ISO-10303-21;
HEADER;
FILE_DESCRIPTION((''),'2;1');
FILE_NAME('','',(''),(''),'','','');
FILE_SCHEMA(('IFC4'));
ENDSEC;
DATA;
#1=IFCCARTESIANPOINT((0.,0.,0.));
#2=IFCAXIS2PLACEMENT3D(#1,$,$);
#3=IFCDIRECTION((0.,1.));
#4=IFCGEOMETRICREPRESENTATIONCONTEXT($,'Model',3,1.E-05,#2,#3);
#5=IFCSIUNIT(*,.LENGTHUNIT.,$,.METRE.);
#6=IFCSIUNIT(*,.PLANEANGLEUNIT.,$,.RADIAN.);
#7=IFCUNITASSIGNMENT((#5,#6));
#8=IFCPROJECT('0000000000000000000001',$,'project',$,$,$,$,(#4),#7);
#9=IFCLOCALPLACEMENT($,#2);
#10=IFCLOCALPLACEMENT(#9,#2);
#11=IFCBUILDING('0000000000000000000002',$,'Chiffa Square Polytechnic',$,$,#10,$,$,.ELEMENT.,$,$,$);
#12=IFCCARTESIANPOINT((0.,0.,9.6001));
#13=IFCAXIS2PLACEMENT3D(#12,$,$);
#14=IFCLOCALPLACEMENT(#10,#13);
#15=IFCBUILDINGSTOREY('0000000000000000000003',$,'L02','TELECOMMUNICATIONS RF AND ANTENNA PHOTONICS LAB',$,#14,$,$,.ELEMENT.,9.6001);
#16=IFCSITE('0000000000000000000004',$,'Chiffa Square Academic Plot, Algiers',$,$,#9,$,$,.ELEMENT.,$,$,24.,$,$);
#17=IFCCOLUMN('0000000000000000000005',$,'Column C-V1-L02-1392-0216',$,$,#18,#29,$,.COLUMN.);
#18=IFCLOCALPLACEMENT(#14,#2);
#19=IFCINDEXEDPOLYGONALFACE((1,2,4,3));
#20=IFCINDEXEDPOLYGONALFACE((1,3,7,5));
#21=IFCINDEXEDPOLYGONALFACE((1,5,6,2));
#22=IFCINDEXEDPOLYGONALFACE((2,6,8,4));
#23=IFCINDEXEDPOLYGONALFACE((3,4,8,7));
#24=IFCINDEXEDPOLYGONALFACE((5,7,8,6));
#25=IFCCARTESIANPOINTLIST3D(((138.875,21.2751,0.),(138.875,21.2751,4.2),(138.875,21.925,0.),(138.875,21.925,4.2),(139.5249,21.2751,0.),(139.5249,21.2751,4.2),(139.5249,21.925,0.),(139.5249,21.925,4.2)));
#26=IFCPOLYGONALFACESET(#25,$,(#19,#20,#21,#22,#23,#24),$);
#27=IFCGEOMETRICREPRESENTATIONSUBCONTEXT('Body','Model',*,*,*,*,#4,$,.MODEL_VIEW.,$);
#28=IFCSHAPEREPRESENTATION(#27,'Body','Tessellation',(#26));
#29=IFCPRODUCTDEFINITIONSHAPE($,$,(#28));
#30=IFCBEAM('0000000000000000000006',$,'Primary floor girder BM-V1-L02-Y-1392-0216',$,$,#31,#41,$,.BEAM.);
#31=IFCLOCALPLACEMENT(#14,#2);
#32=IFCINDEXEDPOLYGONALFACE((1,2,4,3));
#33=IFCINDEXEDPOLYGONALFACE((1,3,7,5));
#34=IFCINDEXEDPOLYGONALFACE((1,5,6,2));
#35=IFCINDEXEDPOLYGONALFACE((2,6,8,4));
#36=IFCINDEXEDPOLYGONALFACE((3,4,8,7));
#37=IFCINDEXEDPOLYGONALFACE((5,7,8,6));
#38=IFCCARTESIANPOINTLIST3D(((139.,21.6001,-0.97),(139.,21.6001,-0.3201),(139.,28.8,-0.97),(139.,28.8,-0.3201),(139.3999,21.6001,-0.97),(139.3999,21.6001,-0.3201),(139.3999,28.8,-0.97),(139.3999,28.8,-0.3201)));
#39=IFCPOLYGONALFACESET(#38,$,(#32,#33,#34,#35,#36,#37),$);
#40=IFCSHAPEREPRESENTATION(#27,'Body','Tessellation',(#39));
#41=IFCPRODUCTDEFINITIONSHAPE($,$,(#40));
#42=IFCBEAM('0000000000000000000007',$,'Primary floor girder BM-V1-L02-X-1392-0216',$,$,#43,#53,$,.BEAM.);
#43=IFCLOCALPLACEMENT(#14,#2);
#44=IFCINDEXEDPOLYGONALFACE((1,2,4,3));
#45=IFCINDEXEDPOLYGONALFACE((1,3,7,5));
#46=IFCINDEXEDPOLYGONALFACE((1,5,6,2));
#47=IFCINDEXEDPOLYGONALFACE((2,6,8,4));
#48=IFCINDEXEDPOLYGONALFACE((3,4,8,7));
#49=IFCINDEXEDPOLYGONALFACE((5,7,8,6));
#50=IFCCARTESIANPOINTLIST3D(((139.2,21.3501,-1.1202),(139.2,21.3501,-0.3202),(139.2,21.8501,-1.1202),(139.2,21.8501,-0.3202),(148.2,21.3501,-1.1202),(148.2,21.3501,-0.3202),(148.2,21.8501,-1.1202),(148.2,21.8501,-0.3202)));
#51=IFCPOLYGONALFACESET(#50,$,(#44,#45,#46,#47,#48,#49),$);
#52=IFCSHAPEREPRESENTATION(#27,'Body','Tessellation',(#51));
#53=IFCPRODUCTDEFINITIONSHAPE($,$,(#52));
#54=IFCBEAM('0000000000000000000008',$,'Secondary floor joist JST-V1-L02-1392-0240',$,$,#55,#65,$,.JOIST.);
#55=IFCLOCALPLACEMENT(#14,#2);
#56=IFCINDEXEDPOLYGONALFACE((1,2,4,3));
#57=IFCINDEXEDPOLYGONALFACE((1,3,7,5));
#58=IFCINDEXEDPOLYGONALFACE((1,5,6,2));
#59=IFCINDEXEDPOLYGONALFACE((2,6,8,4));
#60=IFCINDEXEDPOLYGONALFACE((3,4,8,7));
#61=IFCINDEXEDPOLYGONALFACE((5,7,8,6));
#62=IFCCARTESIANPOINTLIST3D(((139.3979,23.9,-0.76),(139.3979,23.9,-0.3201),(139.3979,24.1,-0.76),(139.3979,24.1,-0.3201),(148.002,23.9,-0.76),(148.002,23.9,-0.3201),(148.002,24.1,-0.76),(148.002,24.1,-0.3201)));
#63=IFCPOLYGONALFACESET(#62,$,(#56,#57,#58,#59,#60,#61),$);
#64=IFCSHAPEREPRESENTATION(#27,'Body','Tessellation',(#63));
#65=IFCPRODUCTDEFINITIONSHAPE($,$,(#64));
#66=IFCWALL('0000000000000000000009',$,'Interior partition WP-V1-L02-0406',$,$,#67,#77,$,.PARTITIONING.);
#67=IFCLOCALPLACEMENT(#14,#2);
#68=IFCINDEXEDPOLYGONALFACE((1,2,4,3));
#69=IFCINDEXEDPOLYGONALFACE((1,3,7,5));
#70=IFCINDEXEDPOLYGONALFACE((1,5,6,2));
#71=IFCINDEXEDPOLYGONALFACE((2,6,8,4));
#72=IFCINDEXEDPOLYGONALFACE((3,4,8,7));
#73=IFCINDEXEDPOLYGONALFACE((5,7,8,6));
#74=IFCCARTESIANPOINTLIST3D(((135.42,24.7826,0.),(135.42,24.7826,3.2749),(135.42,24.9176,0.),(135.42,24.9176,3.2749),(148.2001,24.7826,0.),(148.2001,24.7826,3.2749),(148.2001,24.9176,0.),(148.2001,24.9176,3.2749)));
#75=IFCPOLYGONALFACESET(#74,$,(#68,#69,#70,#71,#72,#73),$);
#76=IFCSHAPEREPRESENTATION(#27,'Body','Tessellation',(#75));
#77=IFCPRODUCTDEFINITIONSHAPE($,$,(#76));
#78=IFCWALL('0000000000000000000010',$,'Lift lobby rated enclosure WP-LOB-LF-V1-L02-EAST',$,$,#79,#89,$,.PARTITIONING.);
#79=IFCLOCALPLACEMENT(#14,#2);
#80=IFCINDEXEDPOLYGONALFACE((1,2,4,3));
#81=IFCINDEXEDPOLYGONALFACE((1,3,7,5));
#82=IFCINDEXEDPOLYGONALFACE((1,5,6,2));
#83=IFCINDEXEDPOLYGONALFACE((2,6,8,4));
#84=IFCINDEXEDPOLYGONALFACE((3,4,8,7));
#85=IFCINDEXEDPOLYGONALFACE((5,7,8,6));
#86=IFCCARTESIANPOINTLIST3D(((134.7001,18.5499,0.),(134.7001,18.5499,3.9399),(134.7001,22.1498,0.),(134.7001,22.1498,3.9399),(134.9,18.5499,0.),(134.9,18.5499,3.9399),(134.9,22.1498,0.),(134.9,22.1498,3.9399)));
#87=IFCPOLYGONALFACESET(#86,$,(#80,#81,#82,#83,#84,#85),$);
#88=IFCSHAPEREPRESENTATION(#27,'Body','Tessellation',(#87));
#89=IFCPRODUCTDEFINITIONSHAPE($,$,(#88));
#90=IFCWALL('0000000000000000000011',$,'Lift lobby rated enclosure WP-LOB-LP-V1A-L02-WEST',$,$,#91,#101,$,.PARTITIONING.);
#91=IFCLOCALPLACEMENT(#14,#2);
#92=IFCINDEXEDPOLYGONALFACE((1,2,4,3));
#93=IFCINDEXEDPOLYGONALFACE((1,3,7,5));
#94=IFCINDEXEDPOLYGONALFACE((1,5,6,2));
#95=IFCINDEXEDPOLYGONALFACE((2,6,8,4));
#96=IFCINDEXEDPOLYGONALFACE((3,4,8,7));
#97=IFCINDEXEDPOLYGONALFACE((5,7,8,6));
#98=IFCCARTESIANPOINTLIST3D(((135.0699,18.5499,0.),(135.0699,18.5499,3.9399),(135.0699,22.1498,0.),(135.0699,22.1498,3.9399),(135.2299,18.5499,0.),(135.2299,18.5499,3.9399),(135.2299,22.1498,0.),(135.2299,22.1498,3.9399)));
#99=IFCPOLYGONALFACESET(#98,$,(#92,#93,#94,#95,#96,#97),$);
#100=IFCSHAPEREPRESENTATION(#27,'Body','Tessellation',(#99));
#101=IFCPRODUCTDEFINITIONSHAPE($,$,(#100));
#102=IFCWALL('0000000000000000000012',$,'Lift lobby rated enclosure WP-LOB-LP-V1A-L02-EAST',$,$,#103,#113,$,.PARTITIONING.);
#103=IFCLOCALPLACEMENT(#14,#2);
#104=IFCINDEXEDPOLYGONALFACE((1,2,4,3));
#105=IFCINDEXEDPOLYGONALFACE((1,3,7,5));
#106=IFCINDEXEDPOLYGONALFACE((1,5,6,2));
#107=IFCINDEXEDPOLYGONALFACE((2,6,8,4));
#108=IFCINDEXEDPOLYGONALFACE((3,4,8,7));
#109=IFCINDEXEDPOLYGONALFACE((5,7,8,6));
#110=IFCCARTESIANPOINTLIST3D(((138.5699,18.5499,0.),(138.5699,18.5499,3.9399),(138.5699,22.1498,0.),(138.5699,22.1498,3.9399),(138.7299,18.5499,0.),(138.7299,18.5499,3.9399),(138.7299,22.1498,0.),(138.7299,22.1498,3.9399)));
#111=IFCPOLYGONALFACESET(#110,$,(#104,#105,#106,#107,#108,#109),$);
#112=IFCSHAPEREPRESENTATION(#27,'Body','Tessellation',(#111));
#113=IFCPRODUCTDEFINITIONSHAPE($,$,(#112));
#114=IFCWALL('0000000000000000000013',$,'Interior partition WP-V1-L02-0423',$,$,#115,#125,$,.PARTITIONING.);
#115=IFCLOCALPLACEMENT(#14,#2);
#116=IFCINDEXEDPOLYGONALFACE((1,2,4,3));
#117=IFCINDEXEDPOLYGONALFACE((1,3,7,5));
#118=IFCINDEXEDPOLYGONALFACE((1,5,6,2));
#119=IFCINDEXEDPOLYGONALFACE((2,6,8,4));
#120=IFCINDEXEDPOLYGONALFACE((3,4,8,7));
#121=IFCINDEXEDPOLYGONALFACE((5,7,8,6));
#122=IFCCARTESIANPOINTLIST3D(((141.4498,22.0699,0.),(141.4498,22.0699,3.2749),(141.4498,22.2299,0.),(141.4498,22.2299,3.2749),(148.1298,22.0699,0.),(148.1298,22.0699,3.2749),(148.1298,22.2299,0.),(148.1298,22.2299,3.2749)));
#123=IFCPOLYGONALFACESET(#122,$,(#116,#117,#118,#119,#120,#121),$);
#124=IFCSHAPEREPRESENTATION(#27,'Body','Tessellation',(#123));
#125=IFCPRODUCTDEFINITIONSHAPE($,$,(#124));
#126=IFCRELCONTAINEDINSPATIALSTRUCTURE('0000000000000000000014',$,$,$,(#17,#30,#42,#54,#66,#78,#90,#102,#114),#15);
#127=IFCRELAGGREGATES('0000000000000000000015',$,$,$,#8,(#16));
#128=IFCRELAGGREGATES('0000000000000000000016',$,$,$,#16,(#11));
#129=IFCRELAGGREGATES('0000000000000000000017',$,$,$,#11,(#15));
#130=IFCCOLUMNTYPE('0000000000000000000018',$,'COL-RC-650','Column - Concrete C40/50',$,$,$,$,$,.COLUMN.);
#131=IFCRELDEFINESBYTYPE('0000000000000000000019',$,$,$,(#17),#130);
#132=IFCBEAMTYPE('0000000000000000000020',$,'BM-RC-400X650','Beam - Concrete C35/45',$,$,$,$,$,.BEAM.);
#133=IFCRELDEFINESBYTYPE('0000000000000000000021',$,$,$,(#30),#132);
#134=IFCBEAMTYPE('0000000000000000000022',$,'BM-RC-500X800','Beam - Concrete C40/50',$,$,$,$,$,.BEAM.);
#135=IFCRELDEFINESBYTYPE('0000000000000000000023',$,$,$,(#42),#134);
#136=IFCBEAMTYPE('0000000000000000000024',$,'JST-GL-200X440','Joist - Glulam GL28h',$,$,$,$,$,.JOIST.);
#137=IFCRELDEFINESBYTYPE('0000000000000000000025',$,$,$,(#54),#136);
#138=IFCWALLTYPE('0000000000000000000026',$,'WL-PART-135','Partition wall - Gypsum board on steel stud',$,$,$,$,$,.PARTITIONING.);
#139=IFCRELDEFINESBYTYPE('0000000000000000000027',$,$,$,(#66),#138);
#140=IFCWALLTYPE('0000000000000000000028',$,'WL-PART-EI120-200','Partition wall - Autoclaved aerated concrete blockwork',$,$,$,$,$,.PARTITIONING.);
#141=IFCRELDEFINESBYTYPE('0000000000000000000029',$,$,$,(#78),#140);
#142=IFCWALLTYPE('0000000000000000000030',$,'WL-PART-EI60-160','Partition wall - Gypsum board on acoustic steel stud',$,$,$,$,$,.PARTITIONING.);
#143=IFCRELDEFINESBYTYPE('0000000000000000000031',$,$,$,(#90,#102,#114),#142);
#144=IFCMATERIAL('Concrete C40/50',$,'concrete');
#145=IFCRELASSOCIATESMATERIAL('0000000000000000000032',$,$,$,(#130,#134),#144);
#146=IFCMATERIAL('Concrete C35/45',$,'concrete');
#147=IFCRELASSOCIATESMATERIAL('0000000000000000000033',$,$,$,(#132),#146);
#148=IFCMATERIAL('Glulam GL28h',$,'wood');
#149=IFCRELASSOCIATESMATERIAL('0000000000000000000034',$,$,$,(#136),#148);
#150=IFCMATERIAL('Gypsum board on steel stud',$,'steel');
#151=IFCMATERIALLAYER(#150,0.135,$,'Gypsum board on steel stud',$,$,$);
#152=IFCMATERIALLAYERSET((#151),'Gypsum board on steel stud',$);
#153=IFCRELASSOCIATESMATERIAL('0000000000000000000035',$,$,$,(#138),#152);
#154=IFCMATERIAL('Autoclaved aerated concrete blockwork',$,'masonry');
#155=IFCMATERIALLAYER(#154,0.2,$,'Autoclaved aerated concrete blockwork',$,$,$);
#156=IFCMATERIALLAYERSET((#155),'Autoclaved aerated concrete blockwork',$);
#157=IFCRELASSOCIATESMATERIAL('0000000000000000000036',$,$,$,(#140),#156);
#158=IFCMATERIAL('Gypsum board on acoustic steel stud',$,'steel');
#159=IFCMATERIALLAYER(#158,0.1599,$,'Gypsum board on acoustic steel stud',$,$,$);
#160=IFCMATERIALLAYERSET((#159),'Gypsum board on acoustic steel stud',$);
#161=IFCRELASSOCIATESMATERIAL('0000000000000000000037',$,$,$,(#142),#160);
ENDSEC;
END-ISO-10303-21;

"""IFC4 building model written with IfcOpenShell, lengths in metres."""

from ifc_helpers import new_model, si_unit, direction, frame, frame_2d, origin, origin_2d, place, context, subcontext, project, spatial, rectangle, extrude, material, layer, layer_set, material_profile, profile_set, type_object, element, save


model = new_model("IFC4")

# Units and contexts
model_context = context("Model", 3, precision=1e-05, world=origin(), true_north=direction((0.0, 1.0)))
body_context = subcontext(model_context, "Body", "Model", "MODEL_VIEW")
ifc_project = project(units=[si_unit("LENGTHUNIT", "METRE"), si_unit("PLANEANGLEUNIT", "RADIAN")], contexts=[model_context])

# Site, building, storey
site_placement = place(None, origin())
site = spatial("IfcSite", under=ifc_project, at=site_placement, Name="Chiffa Square Academic Plot, Algiers", CompositionType="ELEMENT", RefElevation=24.0)
building_placement = place(site_placement, origin())
building = spatial("IfcBuilding", under=site, at=building_placement, Name="Chiffa Square Polytechnic", CompositionType="ELEMENT")
storey_placement = place(building_placement, frame((0.0, 0.0, 9.6001)))
storey = spatial("IfcBuildingStorey", under=building, at=storey_placement, Name="L02", Description="TELECOMMUNICATIONS RF AND ANTENNA PHOTONICS LAB", CompositionType="ELEMENT", Elevation=9.6001)

# Column
ifc_material_1 = material(Name="Concrete C40/50", Category="concrete")
ifc_material_profile_1 = material_profile(ifc_material_1, rectangle(XDim=0.6499, YDim=0.6499, at=origin_2d()), Name="RC 650x650")
ifc_profile_set_1 = profile_set([ifc_material_profile_1], Name="Concrete C40/50")
column_type = type_object("IfcColumnType", Name="COL-RC-650", Description="Column - Concrete C40/50", PredefinedType="COLUMN", material=ifc_profile_set_1)
column_placement = place(storey_placement, frame((139.2, 21.6001, 0.0), z_axis=(0.0, 0.0, 1.0), x_axis=(1.0, 0.0, 0.0)))
element("IfcColumn", 1, at=column_placement, inside=storey, type_object=column_type, Name="Column C-V1-L02-1392-0216", PredefinedType="COLUMN", context=body_context, shape_type="SweptSolid", body=[
    extrude(rectangle(XDim=0.6499, YDim=0.6499, at=origin_2d()), origin(), (0.0, 0.0, 1.0), 4.2),
])

# Beams
ifc_material_2 = material(Name="Concrete C35/45", Category="concrete")
ifc_material_profile_2 = material_profile(ifc_material_2, rectangle(XDim=0.3999, YDim=0.6499, at=origin_2d()), Name="RC 400x650")
ifc_profile_set_2 = profile_set([ifc_material_profile_2], Name="Concrete C35/45")
beam_type_1 = type_object("IfcBeamType", Name="BM-RC-400X650", Description="Beam - Concrete C35/45", PredefinedType="BEAM", material=ifc_profile_set_2)
beam_1_placement = place(storey_placement, frame((139.2, 21.6001, -0.645), z_axis=(0.0, 1.0, 0.0), x_axis=(-1.0, 0.0, 0.0)))
element("IfcBeam", 2, at=beam_1_placement, inside=storey, type_object=beam_type_1, Name="Primary floor girder BM-V1-L02-Y-1392-0216", PredefinedType="BEAM", context=body_context, shape_type="SweptSolid", body=[
    extrude(rectangle(XDim=0.3999, YDim=0.6499, at=origin_2d()), origin(), (0.0, 0.0, 1.0), 7.2),
])
ifc_material_profile_3 = material_profile(ifc_material_1, rectangle(XDim=0.5, YDim=0.8, at=origin_2d()), Name="RC 500x800")
ifc_profile_set_3 = profile_set([ifc_material_profile_3], Name="Concrete C40/50")
beam_type_2 = type_object("IfcBeamType", Name="BM-RC-500X800", Description="Beam - Concrete C40/50", PredefinedType="BEAM", material=ifc_profile_set_3)
beam_2_placement = place(storey_placement, frame((139.2, 21.6001, -0.7202), z_axis=(1.0, 0.0, 0.0), x_axis=(0.0, 1.0, 0.0)))
element("IfcBeam", 3, at=beam_2_placement, inside=storey, type_object=beam_type_2, Name="Primary floor girder BM-V1-L02-X-1392-0216", PredefinedType="BEAM", context=body_context, shape_type="SweptSolid", body=[
    extrude(rectangle(XDim=0.5, YDim=0.8, at=origin_2d()), origin(), (0.0, 0.0, 1.0), 9.0),
])
ifc_material_3 = material(Name="Glulam GL28h", Category="wood")
ifc_material_profile_4 = material_profile(ifc_material_3, rectangle(XDim=0.2, YDim=0.4399, at=origin_2d()), Name="GL28h 200x440")
ifc_profile_set_4 = profile_set([ifc_material_profile_4], Name="Glulam GL28h")
beam_type_3 = type_object("IfcBeamType", Name="JST-GL-200X440", Description="Joist - Glulam GL28h", PredefinedType="JOIST", material=ifc_profile_set_4)
beam_3_placement = place(storey_placement, frame((139.3979, 24.0, -0.54), z_axis=(1.0, 0.0, 0.0), x_axis=(0.0, 1.0, 0.0)))
element("IfcBeam", 4, at=beam_3_placement, inside=storey, type_object=beam_type_3, Name="Secondary floor joist JST-V1-L02-1392-0240", PredefinedType="JOIST", context=body_context, shape_type="SweptSolid", body=[
    extrude(rectangle(XDim=0.2, YDim=0.4399, at=origin_2d()), origin(), (0.0, 0.0, 1.0), 8.604),
])

# Wall
ifc_material_4 = material(Name="Gypsum board on steel stud", Category="steel")
ifc_layer_1 = layer(ifc_material_4, 0.135, Name="Gypsum board on steel stud")
ifc_layer_set_1 = layer_set([ifc_layer_1], Name="Gypsum board on steel stud")
wall_type_1 = type_object("IfcWallType", Name="WL-PART-135", Description="Partition wall - Gypsum board on steel stud", PredefinedType="PARTITIONING", material=ifc_layer_set_1)
wall_1_placement = place(storey_placement, frame((135.4199, 24.8501, 0.0), z_axis=(0.0, 0.0, 1.0), x_axis=(1.0, 0.0, 0.0)))
element("IfcWall", 5, at=wall_1_placement, inside=storey, type_object=wall_type_1, Name="Interior partition WP-V1-L02-0406", PredefinedType="PARTITIONING", context=body_context, shape_type="SweptSolid", body=[
    extrude(rectangle(XDim=12.78, YDim=0.135, at=frame_2d((6.3901, 0.0))), origin(), (0.0, 0.0, 1.0), 3.2749),
])

# Shared definitions
ifc_material_5 = material(Name="Autoclaved aerated concrete blockwork", Category="masonry")
ifc_layer_2 = layer(ifc_material_5, 0.2, Name="Autoclaved aerated concrete blockwork")
ifc_layer_set_2 = layer_set([ifc_layer_2], Name="Autoclaved aerated concrete blockwork")
wall_type_2 = type_object("IfcWallType", Name="WL-PART-EI120-200", Description="Partition wall - Autoclaved aerated concrete blockwork", PredefinedType="PARTITIONING", material=ifc_layer_set_2)

# Wall
wall_2_placement = place(storey_placement, frame((134.8, 18.55, 0.0), z_axis=(0.0, 0.0, 1.0), x_axis=(0.0, 1.0, 0.0)))
element("IfcWall", 6, at=wall_2_placement, inside=storey, type_object=wall_type_2, Name="Lift lobby rated enclosure WP-LOB-LF-V1-L02-EAST", PredefinedType="PARTITIONING", context=body_context, shape_type="SweptSolid", body=[
    extrude(rectangle(XDim=3.5999, YDim=0.2, at=frame_2d((1.7998, 0.0))), origin(), (0.0, 0.0, 1.0), 3.9399),
])

# Shared definitions
ifc_material_6 = material(Name="Gypsum board on acoustic steel stud", Category="steel")
ifc_layer_3 = layer(ifc_material_6, 0.1599, Name="Gypsum board on acoustic steel stud")
ifc_layer_set_3 = layer_set([ifc_layer_3], Name="Gypsum board on acoustic steel stud")
wall_type_3 = type_object("IfcWallType", Name="WL-PART-EI60-160", Description="Partition wall - Gypsum board on acoustic steel stud", PredefinedType="PARTITIONING", material=ifc_layer_set_3)

# Walls
for number, where, z_axis, x_axis, name in (
    (7, (135.1499, 18.55, 0.0), (0.0, 0.0, 1.0), (0.0, 1.0, 0.0), "Lift lobby rated enclosure WP-LOB-LP-V1A-L02-WEST"),
    (8, (138.6499, 18.55, 0.0), (0.0, 0.0, 1.0), (0.0, 1.0, 0.0), "Lift lobby rated enclosure WP-LOB-LP-V1A-L02-EAST"),
):
    element("IfcWall", number, at=place(storey_placement, frame(where, z_axis=z_axis, x_axis=x_axis)), inside=storey, type_object=wall_type_3, Name=name, PredefinedType="PARTITIONING", context=body_context, shape_type="SweptSolid", body=[
        extrude(rectangle(XDim=3.5999, YDim=0.1599, at=frame_2d((1.7998, 0.0))), origin(), (0.0, 0.0, 1.0), 3.9399),
    ])
wall_3_placement = place(storey_placement, frame((141.45, 22.1499, 0.0), z_axis=(0.0, 0.0, 1.0), x_axis=(1.0, 0.0, 0.0)))
element("IfcWall", 9, at=wall_3_placement, inside=storey, type_object=wall_type_3, Name="Interior partition WP-V1-L02-0423", PredefinedType="PARTITIONING", context=body_context, shape_type="SweptSolid", body=[
    extrude(rectangle(XDim=6.6799, YDim=0.1599, at=frame_2d((3.3398, 0.0))), origin(), (0.0, 0.0, 1.0), 3.2749),
])

save(model, "model.ifc")
